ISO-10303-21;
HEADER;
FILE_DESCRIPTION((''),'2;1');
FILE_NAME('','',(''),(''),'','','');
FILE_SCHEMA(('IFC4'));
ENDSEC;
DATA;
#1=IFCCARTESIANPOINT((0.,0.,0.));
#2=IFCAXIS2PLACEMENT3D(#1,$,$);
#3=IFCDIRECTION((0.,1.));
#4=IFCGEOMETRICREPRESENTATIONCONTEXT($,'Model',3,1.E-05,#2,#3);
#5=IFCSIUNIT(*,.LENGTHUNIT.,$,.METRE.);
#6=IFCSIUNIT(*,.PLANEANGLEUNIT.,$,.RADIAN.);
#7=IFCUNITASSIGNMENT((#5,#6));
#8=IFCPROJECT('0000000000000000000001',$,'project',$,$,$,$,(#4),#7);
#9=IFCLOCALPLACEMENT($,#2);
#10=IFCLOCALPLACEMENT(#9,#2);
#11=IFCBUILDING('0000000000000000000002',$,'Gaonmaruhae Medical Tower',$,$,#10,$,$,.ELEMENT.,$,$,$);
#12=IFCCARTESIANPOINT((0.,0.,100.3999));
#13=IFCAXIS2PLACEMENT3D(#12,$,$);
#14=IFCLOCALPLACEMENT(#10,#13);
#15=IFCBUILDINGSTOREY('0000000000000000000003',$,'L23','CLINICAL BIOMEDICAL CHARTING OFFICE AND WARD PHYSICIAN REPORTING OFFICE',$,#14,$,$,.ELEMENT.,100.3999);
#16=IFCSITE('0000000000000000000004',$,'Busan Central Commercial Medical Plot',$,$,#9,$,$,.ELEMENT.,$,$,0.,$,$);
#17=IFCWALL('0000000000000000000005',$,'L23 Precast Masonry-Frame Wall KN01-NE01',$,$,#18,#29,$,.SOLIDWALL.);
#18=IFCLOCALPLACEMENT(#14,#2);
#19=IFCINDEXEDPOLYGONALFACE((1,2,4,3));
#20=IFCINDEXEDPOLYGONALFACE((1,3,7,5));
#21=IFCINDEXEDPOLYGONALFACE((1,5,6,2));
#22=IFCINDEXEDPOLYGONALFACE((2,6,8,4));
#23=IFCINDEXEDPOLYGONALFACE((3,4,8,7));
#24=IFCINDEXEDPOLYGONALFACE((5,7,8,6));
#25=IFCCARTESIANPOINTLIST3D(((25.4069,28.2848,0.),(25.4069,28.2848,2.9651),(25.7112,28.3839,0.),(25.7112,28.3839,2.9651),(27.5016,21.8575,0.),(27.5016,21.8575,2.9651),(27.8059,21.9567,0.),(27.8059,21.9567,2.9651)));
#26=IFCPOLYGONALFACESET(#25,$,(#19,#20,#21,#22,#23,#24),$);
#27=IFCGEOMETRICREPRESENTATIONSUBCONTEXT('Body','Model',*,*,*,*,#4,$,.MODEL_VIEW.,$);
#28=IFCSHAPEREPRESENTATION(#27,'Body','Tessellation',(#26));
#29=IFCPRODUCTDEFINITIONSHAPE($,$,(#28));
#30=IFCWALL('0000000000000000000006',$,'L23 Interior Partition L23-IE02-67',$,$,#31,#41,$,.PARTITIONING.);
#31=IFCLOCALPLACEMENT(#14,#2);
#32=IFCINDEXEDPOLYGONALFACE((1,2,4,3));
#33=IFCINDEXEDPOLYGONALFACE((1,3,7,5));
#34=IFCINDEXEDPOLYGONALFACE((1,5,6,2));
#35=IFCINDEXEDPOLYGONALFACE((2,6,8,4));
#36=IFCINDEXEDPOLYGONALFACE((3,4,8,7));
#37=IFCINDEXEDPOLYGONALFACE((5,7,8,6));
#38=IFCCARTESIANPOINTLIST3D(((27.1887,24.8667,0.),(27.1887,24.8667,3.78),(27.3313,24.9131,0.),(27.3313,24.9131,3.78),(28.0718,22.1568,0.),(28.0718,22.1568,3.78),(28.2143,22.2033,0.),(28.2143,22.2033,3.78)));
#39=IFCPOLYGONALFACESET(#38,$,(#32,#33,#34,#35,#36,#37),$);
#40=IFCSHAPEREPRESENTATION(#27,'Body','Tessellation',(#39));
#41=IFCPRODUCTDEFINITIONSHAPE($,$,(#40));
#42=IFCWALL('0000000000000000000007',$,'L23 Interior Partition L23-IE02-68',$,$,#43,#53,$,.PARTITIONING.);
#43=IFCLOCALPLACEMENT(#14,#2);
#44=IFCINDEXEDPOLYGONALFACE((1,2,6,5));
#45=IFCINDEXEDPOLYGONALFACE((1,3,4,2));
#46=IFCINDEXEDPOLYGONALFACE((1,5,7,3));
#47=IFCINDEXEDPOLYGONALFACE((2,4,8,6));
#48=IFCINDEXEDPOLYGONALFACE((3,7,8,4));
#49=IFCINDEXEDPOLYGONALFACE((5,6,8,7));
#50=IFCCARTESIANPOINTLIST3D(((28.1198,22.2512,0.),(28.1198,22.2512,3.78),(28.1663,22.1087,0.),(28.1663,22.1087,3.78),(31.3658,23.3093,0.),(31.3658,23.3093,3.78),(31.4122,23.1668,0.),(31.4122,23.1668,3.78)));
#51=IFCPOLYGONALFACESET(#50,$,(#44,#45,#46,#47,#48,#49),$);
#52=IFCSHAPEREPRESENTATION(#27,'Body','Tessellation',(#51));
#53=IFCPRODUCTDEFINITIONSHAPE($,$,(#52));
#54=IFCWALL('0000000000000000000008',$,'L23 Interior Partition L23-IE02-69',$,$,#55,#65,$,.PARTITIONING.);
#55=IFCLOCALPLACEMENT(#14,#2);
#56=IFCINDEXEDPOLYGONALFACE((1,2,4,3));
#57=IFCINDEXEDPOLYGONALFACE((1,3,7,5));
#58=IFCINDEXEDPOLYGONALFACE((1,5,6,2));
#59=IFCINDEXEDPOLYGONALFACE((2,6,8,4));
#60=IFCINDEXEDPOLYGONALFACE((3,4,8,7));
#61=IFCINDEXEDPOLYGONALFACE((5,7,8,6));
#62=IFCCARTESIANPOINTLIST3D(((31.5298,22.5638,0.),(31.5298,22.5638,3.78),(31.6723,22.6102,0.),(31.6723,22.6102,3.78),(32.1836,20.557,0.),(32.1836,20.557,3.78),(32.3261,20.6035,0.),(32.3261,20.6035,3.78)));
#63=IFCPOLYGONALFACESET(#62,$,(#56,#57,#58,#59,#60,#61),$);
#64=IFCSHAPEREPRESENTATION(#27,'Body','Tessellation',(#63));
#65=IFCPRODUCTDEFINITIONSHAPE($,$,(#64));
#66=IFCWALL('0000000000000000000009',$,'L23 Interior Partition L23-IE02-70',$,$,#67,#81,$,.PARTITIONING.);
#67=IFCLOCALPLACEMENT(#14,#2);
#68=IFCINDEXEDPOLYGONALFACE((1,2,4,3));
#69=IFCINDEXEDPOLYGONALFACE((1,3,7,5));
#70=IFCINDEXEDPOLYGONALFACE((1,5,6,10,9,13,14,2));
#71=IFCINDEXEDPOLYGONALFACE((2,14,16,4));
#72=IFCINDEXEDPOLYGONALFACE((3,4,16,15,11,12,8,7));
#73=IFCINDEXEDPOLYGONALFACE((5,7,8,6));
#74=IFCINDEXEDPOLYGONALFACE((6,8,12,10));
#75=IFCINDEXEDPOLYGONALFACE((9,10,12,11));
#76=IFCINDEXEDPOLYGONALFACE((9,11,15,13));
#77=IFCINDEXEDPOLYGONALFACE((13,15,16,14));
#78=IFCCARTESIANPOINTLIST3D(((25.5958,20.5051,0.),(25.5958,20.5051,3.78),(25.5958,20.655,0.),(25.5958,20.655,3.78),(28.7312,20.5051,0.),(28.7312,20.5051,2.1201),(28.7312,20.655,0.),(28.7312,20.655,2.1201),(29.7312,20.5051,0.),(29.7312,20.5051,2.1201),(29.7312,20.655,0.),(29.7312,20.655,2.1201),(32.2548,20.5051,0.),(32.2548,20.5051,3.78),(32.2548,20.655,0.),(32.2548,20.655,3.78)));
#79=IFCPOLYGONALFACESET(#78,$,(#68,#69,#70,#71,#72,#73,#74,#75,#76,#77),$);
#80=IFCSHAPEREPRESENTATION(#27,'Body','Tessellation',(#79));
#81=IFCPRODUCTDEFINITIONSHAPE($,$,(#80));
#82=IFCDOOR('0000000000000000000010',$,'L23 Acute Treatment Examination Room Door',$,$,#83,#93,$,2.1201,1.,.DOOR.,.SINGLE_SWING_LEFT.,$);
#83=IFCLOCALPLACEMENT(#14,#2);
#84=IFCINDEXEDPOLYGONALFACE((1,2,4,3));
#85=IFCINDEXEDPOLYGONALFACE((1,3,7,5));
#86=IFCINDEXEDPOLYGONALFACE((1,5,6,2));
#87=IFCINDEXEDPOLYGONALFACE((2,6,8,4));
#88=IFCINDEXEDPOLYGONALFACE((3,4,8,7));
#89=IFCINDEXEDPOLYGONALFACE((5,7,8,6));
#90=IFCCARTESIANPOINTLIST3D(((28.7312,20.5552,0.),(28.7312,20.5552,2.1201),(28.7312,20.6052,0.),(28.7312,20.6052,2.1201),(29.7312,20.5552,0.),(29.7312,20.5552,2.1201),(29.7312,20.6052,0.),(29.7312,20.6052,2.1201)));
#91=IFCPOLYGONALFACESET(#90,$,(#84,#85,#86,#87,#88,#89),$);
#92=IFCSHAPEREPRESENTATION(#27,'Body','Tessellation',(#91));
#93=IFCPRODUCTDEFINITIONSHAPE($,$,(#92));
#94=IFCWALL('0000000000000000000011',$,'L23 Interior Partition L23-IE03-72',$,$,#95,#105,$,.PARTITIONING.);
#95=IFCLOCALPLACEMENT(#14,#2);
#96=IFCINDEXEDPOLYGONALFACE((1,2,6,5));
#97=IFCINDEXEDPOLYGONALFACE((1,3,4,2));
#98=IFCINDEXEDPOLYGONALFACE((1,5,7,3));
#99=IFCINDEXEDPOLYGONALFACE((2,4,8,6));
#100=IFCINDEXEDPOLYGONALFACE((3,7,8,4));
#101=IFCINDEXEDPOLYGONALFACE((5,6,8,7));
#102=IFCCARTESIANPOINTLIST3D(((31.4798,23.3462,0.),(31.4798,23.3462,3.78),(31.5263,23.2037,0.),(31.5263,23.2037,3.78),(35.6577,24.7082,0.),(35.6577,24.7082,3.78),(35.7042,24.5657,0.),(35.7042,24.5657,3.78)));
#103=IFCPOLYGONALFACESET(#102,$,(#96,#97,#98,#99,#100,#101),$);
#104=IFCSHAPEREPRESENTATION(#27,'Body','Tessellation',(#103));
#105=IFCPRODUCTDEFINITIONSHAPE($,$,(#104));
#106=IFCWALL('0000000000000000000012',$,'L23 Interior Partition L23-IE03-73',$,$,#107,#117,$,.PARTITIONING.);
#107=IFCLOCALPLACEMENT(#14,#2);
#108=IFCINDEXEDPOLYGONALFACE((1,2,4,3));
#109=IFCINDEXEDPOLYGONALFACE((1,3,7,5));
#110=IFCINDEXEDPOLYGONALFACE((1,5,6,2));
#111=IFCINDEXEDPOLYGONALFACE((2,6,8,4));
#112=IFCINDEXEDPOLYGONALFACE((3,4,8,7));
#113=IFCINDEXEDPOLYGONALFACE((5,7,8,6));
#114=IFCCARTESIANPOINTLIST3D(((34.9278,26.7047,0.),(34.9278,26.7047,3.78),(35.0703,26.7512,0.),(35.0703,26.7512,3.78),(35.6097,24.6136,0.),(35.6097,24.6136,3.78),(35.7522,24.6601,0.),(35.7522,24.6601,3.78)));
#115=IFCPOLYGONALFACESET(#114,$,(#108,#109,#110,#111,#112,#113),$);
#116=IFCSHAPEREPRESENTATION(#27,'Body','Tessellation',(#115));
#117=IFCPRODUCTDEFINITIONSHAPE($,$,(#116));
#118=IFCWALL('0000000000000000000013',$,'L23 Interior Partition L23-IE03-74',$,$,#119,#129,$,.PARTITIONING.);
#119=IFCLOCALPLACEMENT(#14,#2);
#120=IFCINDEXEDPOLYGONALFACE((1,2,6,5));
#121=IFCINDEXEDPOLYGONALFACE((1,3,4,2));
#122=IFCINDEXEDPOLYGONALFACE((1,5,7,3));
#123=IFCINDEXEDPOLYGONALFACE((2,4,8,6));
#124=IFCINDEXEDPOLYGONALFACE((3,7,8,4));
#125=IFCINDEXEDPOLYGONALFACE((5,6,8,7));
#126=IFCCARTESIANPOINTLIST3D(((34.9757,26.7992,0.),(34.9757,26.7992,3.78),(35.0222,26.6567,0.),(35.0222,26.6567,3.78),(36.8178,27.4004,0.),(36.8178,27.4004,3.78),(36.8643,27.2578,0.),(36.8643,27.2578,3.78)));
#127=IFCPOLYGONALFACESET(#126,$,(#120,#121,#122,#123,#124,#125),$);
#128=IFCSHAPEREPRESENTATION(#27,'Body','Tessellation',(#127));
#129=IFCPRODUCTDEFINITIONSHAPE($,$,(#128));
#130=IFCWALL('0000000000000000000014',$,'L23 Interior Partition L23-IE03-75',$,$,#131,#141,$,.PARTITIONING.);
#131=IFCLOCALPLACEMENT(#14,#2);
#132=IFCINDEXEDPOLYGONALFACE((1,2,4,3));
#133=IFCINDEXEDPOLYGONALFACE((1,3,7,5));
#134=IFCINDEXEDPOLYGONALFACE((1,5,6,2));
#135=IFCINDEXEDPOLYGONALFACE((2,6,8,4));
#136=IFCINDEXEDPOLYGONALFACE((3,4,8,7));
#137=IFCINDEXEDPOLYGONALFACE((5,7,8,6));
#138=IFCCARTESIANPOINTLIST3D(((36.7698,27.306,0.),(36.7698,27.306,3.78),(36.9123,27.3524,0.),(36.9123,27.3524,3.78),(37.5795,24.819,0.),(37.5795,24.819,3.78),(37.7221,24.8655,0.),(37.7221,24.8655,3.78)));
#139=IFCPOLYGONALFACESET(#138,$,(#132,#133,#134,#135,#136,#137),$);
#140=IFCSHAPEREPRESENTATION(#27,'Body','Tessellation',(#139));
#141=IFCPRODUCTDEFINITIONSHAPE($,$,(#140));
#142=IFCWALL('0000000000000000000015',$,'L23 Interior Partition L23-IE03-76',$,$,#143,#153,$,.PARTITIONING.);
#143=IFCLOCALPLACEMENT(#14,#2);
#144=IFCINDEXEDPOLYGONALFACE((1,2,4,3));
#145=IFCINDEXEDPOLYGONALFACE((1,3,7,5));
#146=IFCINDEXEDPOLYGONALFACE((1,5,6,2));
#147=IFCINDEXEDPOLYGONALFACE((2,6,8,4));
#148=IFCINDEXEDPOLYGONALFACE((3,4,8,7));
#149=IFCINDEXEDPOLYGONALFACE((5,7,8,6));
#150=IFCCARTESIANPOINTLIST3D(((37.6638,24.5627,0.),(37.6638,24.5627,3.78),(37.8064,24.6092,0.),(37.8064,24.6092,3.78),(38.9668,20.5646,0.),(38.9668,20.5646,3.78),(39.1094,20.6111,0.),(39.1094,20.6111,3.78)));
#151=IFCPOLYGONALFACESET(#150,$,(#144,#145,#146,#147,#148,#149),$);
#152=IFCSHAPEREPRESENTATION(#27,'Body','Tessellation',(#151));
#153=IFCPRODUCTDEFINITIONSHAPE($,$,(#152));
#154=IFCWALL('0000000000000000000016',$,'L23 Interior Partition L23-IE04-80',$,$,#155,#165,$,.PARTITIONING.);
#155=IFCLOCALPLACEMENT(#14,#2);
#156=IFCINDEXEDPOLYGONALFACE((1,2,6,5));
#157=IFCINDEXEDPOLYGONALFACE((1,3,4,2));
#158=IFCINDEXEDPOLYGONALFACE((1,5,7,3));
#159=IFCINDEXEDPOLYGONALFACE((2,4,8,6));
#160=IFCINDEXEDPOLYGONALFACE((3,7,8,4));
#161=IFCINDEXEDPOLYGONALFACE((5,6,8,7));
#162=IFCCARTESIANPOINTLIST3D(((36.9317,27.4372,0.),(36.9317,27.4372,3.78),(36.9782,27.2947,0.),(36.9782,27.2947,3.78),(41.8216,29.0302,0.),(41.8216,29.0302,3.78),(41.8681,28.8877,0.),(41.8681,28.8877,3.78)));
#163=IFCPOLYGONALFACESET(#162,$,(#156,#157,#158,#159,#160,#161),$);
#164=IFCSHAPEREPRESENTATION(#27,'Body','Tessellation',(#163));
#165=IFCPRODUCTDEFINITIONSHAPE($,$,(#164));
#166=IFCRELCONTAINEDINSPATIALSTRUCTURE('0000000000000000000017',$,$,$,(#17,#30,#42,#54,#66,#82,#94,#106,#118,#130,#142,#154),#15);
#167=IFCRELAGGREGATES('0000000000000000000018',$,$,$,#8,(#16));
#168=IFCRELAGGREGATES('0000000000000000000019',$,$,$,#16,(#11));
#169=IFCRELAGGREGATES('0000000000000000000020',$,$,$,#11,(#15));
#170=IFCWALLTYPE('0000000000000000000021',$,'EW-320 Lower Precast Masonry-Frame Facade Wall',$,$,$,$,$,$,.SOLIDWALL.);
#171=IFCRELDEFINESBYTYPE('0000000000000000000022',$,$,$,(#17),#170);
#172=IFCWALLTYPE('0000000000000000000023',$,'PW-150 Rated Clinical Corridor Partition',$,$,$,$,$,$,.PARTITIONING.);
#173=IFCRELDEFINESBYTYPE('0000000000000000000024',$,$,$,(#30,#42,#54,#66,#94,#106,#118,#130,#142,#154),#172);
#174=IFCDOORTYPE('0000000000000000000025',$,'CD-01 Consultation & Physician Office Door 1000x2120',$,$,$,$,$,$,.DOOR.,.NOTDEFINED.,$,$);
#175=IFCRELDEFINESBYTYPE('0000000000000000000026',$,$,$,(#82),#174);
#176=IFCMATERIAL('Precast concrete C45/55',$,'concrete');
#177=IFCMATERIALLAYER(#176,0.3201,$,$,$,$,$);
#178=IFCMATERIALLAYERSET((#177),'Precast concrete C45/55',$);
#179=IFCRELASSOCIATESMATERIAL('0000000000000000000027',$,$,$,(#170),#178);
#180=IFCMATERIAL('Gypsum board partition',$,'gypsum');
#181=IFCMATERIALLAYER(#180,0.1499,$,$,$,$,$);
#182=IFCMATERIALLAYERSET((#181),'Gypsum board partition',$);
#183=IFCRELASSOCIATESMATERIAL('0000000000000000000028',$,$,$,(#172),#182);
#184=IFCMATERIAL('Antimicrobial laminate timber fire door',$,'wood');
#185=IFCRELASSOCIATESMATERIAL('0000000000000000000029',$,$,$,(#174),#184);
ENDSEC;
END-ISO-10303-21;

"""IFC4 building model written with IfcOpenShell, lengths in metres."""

from ifc_helpers import new_model, si_unit, direction, frame, frame_2d, origin, place, context, subcontext, project, spatial, rectangle, extrude, material, layer, layer_set, type_object, element, fill, save


model = new_model("IFC4")

# Units and contexts
model_context = context("Model", 3, precision=1e-05, world=origin(), true_north=direction((0.0, 1.0)))
body_context = subcontext(model_context, "Body", "Model", "MODEL_VIEW")
ifc_project = project(units=[si_unit("LENGTHUNIT", "METRE"), si_unit("PLANEANGLEUNIT", "RADIAN")], contexts=[model_context])

# Site, building, storey
site_placement = place(None, origin())
site = spatial("IfcSite", under=ifc_project, at=site_placement, Name="Busan Central Commercial Medical Plot", CompositionType="ELEMENT", RefElevation=0.0)
building_placement = place(site_placement, origin())
building = spatial("IfcBuilding", under=site, at=building_placement, Name="Gaonmaruhae Medical Tower", CompositionType="ELEMENT")
storey_placement = place(building_placement, frame((0.0, 0.0, 100.3999)))
storey = spatial("IfcBuildingStorey", under=building, at=storey_placement, Name="L23", Description="CLINICAL BIOMEDICAL CHARTING OFFICE AND WARD PHYSICIAN REPORTING OFFICE", CompositionType="ELEMENT", Elevation=100.3999)

# Shared definitions
ifc_material_1 = material(Name="Precast concrete C45/55", Category="concrete")
ifc_layer_1 = layer(ifc_material_1, 0.3201)
ifc_layer_set_1 = layer_set([ifc_layer_1], Name="Precast concrete C45/55")
wall_type_1 = type_object("IfcWallType", Name="EW-320 Lower Precast Masonry-Frame Facade Wall", PredefinedType="SOLIDWALL", material=ifc_layer_set_1)

# Walls
wall_1_placement = place(storey_placement, frame((25.5591, 28.3342, 0.0), z_axis=(0.0, 0.0, 1.0), x_axis=(0.309872, -0.950778, 0.0)))
element("IfcWall", 1, at=wall_1_placement, inside=storey, type_object=wall_type_1, Name="L23 Precast Masonry-Frame Wall KN01-NE01", PredefinedType="SOLIDWALL", context=body_context, shape_type="SweptSolid", body=[
    extrude(rectangle(XDim=6.76, YDim=0.3201, at=frame_2d((3.3799, 0.0))), origin(), (0.0, 0.0, 1.0), 2.9651),
])
ifc_material_2 = material(Name="Gypsum board partition", Category="gypsum")
ifc_layer_2 = layer(ifc_material_2, 0.1499)
ifc_layer_set_2 = layer_set([ifc_layer_2], Name="Gypsum board partition")
wall_type_2 = type_object("IfcWallType", Name="PW-150 Rated Clinical Corridor Partition", PredefinedType="PARTITIONING", material=ifc_layer_set_2)
wall_2_placement = place(storey_placement, frame((27.26, 24.8899, 0.0), z_axis=(0.0, 0.0, 1.0), x_axis=(0.309822, -0.950795, 0.0)))
element("IfcWall", 2, at=wall_2_placement, inside=storey, type_object=wall_type_2, Name="L23 Interior Partition L23-IE02-67", PredefinedType="PARTITIONING", context=body_context, shape_type="SweptSolid", body=[
    extrude(rectangle(XDim=2.8501, YDim=0.1499, at=frame_2d((1.425, 0.0))), origin(), (0.0, 0.0, 1.0), 3.78),
])
wall_3_placement = place(storey_placement, frame((28.1431, 22.1799, 0.0), z_axis=(0.0, 0.0, 1.0), x_axis=(0.950758, 0.309935, 0.0)))
element("IfcWall", 3, at=wall_3_placement, inside=storey, type_object=wall_type_2, Name="L23 Interior Partition L23-IE02-68", PredefinedType="PARTITIONING", context=body_context, shape_type="SweptSolid", body=[
    extrude(rectangle(XDim=3.4141, YDim=0.1499, at=frame_2d((1.707, 0.0))), origin(), (0.0, 0.0, 1.0), 3.78),
])
wall_4_placement = place(storey_placement, frame((31.6011, 22.5869, 0.0), z_axis=(0.0, 0.0, 1.0), x_axis=(0.309766, -0.950813, 0.0)))
element("IfcWall", 4, at=wall_4_placement, inside=storey, type_object=wall_type_2, Name="L23 Interior Partition L23-IE02-69", PredefinedType="PARTITIONING", context=body_context, shape_type="SweptSolid", body=[
    extrude(rectangle(XDim=2.1106, YDim=0.1499, at=frame_2d((1.0552, 0.0))), origin(), (0.0, 0.0, 1.0), 3.78),
])

# Wall, opening, door
wall_5_placement = place(storey_placement, frame((32.2549, 20.5801, 0.0), z_axis=(0.0, 0.0, 1.0), x_axis=(-1.0, 0.0, 0.0)))
wall_5 = element("IfcWall", 5, at=wall_5_placement, inside=storey, type_object=wall_type_2, Name="L23 Interior Partition L23-IE02-70", PredefinedType="PARTITIONING", context=body_context, shape_type="SweptSolid", body=[
    extrude(rectangle(XDim=6.6589, YDim=0.1499, at=frame_2d((3.3296, 0.0))), origin(), (0.0, 0.0, 1.0), 3.78),
])
opening_1_placement = place(wall_5_placement, frame((2.5237, 0.0, 0.0)))
opening_1 = element("IfcOpeningElement", 6, at=opening_1_placement, cuts=wall_5, PredefinedType="OPENING", context=body_context, shape_type="SweptSolid", body=[
    extrude(rectangle(XDim=1.0, YDim=2.1201, at=frame_2d((0.5, 1.0601))), frame((0.0, 0.085, 0.0), z_axis=(0.0, -1.0, 0.0), x_axis=(1.0, 0.0, 0.0)), (0.0, 0.0, 1.0), 0.1699),
])
ifc_material_3 = material(Name="Antimicrobial laminate timber fire door", Category="wood")
door_type = type_object("IfcDoorType", Name="CD-01 Consultation & Physician Office Door 1000x2120", OperationType="NOTDEFINED", PredefinedType="DOOR", material=ifc_material_3)
door_placement = place(opening_1_placement, origin())
door = element("IfcDoor", 7, at=door_placement, inside=storey, type_object=door_type, Name="L23 Acute Treatment Examination Room Door", OperationType="SINGLE_SWING_LEFT", OverallHeight=2.1201, OverallWidth=1.0, PredefinedType="DOOR", context=body_context, shape_type="SweptSolid", body=[
    extrude(rectangle(XDim=1.0, YDim=2.1201, at=frame_2d((0.5, 1.0601))), frame((0.0, 0.0249, 0.0), z_axis=(0.0, -1.0, 0.0), x_axis=(1.0, 0.0, 0.0)), (0.0, 0.0, 1.0), 0.05),
])
fill(opening_1, door)

# Walls
wall_6_placement = place(storey_placement, frame((31.5029, 23.2749, 0.0), z_axis=(0.0, 0.0, 1.0), x_axis=(0.950752, 0.309954, 0.0)))
element("IfcWall", 8, at=wall_6_placement, inside=storey, type_object=wall_type_2, Name="L23 Interior Partition L23-IE03-72", PredefinedType="PARTITIONING", context=body_context, shape_type="SweptSolid", body=[
    extrude(rectangle(XDim=4.3943, YDim=0.1499, at=frame_2d((2.1973, 0.0))), origin(), (0.0, 0.0, 1.0), 3.78),
])
wall_7_placement = place(storey_placement, frame((35.6809, 24.637, 0.0), z_axis=(0.0, 0.0, 1.0), x_axis=(-0.310027, 0.950728, 0.0)))
element("IfcWall", 9, at=wall_7_placement, inside=storey, type_object=wall_type_2, Name="L23 Interior Partition L23-IE03-73", PredefinedType="PARTITIONING", context=body_context, shape_type="SweptSolid", body=[
    extrude(rectangle(XDim=2.1995, YDim=0.1499, at=frame_2d((1.0996, 0.0))), origin(), (0.0, 0.0, 1.0), 3.78),
])
wall_8_placement = place(storey_placement, frame((34.999, 26.728, 0.0), z_axis=(0.0, 0.0, 1.0), x_axis=(0.950668, 0.310211, 0.0)))
element("IfcWall", 10, at=wall_8_placement, inside=storey, type_object=wall_type_2, Name="L23 Interior Partition L23-IE03-74", PredefinedType="PARTITIONING", context=body_context, shape_type="SweptSolid", body=[
    extrude(rectangle(XDim=1.9377, YDim=0.1499, at=frame_2d((0.9688, 0.0))), origin(), (0.0, 0.0, 1.0), 3.78),
])
wall_9_placement = place(storey_placement, frame((36.8411, 27.3291, 0.0), z_axis=(0.0, 0.0, 1.0), x_axis=(0.309612, -0.950863, 0.0)))
element("IfcWall", 11, at=wall_9_placement, inside=storey, type_object=wall_type_2, Name="L23 Interior Partition L23-IE03-75", PredefinedType="PARTITIONING", context=body_context, shape_type="SweptSolid", body=[
    extrude(rectangle(XDim=2.6155, YDim=0.1499, at=frame_2d((1.3076, 0.0))), origin(), (0.0, 0.0, 1.0), 3.78),
])
wall_10_placement = place(storey_placement, frame((37.7351, 24.5859, 0.0), z_axis=(0.0, 0.0, 1.0), x_axis=(0.309863, -0.950781, 0.0)))
element("IfcWall", 12, at=wall_10_placement, inside=storey, type_object=wall_type_2, Name="L23 Interior Partition L23-IE03-76", PredefinedType="PARTITIONING", context=body_context, shape_type="SweptSolid", body=[
    extrude(rectangle(XDim=4.2051, YDim=0.1499, at=frame_2d((2.1025, 0.0))), origin(), (0.0, 0.0, 1.0), 3.78),
])
wall_11_placement = place(storey_placement, frame((36.9551, 27.366, 0.0), z_axis=(0.0, 0.0, 1.0), x_axis=(0.950816, 0.309755, 0.0)))
element("IfcWall", 13, at=wall_11_placement, inside=storey, type_object=wall_type_2, Name="L23 Interior Partition L23-IE04-80", PredefinedType="PARTITIONING", context=body_context, shape_type="SweptSolid", body=[
    extrude(rectangle(XDim=5.1428, YDim=0.1499, at=frame_2d((2.5713, 0.0))), origin(), (0.0, 0.0, 1.0), 3.78),
])

save(model, "model.ifc")
